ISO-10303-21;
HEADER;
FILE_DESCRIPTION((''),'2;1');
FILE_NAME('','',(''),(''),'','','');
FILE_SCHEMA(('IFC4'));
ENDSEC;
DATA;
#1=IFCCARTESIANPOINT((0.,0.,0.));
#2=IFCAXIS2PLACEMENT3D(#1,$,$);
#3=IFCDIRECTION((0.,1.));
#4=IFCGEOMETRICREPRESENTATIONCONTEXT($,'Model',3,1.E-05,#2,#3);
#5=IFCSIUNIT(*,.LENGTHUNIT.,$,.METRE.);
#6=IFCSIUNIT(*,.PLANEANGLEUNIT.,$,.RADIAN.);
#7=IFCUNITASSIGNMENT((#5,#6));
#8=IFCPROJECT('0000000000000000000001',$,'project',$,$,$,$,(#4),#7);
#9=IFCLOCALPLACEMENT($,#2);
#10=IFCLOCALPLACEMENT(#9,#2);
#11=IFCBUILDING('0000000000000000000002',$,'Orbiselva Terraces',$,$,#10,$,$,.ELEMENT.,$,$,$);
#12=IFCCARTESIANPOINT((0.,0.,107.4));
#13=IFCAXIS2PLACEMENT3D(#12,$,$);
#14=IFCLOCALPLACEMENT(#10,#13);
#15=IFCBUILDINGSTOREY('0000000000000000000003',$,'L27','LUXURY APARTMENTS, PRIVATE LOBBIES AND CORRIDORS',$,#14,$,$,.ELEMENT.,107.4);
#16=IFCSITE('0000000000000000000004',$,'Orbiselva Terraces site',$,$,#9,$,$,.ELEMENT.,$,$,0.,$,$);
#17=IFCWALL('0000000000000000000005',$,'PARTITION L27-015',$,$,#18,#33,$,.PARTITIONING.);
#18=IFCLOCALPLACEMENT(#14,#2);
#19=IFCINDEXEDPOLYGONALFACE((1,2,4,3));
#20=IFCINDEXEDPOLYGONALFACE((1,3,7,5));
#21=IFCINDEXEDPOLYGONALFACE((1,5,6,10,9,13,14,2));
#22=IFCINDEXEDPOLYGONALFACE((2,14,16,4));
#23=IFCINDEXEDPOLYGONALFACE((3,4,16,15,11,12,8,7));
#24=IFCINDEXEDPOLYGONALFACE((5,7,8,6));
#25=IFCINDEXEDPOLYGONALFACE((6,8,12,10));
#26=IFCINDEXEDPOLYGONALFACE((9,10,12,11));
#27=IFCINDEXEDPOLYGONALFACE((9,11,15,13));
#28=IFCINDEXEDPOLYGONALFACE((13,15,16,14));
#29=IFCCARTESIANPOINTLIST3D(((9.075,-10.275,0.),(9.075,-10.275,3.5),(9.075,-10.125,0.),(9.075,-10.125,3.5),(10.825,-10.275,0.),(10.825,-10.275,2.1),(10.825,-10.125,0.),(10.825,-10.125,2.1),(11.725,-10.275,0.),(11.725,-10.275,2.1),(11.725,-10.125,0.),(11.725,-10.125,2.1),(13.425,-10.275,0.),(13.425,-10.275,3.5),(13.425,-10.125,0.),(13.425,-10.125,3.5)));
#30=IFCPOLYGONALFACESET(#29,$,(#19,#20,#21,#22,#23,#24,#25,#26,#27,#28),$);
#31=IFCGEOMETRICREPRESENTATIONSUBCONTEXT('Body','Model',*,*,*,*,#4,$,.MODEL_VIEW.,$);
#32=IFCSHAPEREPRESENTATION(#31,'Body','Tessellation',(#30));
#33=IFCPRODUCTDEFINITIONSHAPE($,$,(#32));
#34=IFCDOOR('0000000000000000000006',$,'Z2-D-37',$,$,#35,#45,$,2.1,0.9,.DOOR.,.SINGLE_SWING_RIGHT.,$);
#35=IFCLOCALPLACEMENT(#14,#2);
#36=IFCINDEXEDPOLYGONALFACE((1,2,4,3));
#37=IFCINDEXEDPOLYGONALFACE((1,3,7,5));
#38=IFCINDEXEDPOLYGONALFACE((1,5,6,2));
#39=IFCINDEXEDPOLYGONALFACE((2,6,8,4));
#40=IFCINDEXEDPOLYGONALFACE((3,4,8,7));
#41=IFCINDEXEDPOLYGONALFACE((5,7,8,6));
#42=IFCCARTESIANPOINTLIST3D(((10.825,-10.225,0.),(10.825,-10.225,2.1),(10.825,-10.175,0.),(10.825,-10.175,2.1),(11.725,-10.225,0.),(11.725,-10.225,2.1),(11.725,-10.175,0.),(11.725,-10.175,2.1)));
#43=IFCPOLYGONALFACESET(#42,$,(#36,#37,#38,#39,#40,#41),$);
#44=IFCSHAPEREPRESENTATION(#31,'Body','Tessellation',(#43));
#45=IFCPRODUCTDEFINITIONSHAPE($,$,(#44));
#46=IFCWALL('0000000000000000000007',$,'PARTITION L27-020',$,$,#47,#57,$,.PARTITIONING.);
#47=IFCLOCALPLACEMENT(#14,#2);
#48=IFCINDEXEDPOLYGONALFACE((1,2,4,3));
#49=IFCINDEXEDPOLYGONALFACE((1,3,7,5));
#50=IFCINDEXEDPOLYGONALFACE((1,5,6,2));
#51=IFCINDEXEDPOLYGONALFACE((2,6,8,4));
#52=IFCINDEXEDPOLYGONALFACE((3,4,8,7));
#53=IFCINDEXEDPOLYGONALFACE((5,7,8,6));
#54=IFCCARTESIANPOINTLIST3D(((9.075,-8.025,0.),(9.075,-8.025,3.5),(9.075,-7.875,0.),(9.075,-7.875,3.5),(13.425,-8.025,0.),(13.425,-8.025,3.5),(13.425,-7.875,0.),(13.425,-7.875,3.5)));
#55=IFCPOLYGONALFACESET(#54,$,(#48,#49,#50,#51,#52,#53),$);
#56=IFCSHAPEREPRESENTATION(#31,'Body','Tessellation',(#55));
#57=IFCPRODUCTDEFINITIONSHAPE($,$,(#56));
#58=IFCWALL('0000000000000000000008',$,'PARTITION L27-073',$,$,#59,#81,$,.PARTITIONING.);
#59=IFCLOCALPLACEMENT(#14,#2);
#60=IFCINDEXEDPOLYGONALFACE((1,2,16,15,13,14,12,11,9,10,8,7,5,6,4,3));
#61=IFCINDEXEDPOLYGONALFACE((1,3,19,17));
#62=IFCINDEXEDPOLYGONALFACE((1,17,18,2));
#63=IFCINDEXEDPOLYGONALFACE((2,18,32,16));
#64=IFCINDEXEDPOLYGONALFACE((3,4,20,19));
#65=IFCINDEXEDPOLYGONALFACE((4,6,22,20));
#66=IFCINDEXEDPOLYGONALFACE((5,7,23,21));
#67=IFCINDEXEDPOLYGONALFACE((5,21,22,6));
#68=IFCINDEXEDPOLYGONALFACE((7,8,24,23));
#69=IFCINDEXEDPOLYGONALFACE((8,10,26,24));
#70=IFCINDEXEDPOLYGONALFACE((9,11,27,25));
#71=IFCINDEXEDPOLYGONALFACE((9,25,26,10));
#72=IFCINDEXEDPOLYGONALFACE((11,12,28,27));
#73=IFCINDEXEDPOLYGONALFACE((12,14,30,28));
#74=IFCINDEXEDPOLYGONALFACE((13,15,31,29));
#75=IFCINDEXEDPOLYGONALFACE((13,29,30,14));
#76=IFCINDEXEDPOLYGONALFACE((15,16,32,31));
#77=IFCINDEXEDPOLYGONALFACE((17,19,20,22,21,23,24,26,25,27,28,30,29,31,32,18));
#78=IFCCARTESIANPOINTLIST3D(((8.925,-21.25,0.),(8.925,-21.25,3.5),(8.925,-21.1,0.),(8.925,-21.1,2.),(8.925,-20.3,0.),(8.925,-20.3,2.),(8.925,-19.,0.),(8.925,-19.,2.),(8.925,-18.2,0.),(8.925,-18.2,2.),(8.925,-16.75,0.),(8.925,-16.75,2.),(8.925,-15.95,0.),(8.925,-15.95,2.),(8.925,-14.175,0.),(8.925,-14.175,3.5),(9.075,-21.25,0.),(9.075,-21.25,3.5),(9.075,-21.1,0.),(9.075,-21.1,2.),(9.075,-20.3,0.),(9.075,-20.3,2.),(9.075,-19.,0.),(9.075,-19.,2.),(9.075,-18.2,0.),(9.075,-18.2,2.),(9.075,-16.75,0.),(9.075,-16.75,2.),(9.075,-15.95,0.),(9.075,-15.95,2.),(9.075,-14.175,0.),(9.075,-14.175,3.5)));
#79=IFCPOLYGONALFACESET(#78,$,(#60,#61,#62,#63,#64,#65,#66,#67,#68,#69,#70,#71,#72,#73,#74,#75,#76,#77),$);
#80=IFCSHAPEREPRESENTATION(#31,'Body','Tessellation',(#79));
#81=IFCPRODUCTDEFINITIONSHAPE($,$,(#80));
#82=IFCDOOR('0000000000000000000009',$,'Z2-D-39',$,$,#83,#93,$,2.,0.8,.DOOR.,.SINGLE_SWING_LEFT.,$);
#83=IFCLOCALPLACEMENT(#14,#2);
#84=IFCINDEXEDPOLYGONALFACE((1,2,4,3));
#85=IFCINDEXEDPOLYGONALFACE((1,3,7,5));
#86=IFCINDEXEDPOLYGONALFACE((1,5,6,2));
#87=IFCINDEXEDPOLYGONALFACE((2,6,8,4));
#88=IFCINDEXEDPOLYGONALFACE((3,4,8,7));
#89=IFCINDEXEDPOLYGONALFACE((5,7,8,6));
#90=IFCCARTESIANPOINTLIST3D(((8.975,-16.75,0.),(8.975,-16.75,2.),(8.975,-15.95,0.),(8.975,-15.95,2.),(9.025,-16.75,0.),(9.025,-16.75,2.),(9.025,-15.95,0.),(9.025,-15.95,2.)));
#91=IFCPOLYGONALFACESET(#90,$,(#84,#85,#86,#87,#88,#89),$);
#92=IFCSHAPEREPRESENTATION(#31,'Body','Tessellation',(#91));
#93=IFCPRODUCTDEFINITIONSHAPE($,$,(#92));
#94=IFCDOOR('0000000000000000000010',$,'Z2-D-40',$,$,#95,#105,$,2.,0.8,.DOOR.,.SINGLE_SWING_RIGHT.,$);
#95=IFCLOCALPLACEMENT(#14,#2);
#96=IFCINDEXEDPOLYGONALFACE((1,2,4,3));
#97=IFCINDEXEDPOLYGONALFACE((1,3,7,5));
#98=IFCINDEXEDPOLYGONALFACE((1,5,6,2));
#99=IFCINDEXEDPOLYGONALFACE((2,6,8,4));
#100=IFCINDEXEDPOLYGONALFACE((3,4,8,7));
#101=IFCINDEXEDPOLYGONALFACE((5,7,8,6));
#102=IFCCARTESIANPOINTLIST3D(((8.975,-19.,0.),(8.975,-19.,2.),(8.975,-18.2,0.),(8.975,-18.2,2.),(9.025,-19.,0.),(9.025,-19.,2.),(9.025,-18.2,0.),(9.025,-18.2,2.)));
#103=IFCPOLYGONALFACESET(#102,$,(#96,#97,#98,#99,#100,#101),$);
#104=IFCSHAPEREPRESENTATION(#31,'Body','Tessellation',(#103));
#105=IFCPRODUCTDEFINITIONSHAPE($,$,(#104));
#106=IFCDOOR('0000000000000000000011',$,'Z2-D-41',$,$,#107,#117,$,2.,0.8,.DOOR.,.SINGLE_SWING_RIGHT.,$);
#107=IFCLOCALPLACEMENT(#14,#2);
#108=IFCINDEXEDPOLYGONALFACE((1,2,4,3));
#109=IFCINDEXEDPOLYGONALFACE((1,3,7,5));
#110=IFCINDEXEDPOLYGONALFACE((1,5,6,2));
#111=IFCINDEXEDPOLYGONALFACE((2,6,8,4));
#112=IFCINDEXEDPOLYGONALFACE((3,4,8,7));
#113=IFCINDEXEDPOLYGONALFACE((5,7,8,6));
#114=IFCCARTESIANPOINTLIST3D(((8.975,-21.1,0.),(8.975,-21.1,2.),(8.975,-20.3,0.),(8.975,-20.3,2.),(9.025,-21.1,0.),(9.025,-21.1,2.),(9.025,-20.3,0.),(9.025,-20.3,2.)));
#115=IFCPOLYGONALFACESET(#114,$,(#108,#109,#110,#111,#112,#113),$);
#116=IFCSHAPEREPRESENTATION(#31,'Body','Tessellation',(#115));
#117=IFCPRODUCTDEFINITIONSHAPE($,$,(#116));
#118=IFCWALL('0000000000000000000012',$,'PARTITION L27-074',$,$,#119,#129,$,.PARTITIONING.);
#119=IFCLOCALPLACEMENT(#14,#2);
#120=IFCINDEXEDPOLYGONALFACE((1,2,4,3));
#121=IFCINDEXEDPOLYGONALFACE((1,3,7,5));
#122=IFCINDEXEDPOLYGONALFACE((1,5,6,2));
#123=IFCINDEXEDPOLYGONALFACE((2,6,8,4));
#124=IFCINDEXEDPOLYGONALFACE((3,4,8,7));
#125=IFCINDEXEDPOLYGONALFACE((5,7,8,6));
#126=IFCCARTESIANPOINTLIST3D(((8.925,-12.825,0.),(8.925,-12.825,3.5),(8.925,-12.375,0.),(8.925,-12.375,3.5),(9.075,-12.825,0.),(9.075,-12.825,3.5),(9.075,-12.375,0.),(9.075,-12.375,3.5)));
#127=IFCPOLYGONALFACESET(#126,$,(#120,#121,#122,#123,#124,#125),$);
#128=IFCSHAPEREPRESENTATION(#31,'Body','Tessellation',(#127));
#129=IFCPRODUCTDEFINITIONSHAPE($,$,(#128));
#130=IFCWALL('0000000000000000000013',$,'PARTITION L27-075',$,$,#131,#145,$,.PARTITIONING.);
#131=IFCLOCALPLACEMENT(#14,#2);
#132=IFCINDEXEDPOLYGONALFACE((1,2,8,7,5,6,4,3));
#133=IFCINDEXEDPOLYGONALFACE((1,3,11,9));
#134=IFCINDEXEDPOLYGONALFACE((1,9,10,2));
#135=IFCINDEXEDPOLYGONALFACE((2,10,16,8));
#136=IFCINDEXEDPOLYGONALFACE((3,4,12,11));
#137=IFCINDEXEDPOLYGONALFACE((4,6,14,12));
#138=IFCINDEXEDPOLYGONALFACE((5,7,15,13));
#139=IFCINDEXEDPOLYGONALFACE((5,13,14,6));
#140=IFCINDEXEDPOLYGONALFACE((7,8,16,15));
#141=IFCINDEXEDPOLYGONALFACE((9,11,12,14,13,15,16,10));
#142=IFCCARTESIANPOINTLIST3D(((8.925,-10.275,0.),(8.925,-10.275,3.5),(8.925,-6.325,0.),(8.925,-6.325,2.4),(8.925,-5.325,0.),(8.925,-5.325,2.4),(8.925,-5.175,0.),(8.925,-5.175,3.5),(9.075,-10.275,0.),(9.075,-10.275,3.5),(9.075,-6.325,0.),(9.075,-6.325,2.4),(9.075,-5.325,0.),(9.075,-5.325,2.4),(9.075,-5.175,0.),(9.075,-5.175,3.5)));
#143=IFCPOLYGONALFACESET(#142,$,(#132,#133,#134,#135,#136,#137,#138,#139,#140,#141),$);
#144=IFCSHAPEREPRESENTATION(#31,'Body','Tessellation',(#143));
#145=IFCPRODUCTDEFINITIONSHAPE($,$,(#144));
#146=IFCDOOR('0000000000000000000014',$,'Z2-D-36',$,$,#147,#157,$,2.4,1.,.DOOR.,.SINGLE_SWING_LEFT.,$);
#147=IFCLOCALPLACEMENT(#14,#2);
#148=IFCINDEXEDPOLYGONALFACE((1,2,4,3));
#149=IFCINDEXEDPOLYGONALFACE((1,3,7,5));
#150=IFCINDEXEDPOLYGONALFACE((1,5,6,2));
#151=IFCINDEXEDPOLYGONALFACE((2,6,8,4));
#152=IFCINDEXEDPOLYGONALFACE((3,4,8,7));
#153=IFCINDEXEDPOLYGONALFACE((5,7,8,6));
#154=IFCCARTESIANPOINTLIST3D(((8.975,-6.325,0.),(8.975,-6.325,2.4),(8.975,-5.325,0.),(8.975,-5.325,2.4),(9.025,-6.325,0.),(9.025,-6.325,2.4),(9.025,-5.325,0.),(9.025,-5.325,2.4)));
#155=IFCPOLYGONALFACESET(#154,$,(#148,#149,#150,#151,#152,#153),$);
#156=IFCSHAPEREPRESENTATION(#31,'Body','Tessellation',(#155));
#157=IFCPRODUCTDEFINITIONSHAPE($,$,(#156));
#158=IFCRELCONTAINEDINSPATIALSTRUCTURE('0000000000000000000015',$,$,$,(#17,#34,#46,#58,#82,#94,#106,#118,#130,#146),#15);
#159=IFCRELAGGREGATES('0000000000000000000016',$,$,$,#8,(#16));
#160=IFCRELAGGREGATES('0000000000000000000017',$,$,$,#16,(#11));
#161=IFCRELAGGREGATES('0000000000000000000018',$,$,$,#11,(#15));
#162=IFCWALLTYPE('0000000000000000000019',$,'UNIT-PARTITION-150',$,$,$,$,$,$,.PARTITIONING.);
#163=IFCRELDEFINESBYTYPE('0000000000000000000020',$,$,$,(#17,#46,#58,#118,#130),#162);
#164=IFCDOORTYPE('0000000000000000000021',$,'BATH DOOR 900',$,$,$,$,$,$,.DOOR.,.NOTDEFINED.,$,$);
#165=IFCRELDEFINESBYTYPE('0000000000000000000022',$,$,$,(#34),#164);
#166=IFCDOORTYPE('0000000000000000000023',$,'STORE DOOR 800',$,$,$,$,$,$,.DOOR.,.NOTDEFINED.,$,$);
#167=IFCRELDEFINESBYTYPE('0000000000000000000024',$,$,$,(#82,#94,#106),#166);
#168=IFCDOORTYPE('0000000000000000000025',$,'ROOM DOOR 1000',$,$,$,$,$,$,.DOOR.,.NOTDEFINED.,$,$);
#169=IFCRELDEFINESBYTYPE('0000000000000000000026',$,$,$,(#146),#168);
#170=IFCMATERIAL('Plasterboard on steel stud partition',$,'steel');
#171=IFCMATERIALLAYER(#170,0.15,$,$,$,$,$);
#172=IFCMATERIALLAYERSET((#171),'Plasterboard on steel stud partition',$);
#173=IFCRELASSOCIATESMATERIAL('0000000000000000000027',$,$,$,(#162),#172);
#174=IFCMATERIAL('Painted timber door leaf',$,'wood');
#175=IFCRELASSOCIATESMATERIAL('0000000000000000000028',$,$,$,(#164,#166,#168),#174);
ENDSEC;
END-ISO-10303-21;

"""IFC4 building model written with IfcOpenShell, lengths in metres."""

from ifc_helpers import new_model, si_unit, direction, frame, frame_2d, origin, place, context, subcontext, project, spatial, rectangle, extrude, material, layer, layer_set, type_object, element, fill, save


model = new_model("IFC4")

# Units and contexts
model_context = context("Model", 3, precision=1e-05, world=origin(), true_north=direction((0.0, 1.0)))
body_context = subcontext(model_context, "Body", "Model", "MODEL_VIEW")
ifc_project = project(units=[si_unit("LENGTHUNIT", "METRE"), si_unit("PLANEANGLEUNIT", "RADIAN")], contexts=[model_context])

# Site, building, storey
site_placement = place(None, origin())
site = spatial("IfcSite", under=ifc_project, at=site_placement, Name="Orbiselva Terraces site", CompositionType="ELEMENT", RefElevation=0.0)
building_placement = place(site_placement, origin())
building = spatial("IfcBuilding", under=site, at=building_placement, Name="Orbiselva Terraces", CompositionType="ELEMENT")
storey_placement = place(building_placement, frame((0.0, 0.0, 107.4)))
storey = spatial("IfcBuildingStorey", under=building, at=storey_placement, Name="L27", Description="LUXURY APARTMENTS, PRIVATE LOBBIES AND CORRIDORS", CompositionType="ELEMENT", Elevation=107.4)

# Shared definitions
ifc_material_1 = material(Name="Plasterboard on steel stud partition", Category="steel")
ifc_layer_1 = layer(ifc_material_1, 0.15)
ifc_layer_set_1 = layer_set([ifc_layer_1], Name="Plasterboard on steel stud partition")
wall_type_1 = type_object("IfcWallType", Name="UNIT-PARTITION-150", PredefinedType="PARTITIONING", material=ifc_layer_set_1)

# Wall, opening, door
wall_1_placement = place(storey_placement, frame((9.075, -10.2, 0.0), z_axis=(0.0, 0.0, 1.0), x_axis=(1.0, 0.0, 0.0)))
wall_1 = element("IfcWall", 1, at=wall_1_placement, inside=storey, type_object=wall_type_1, Name="PARTITION L27-015", PredefinedType="PARTITIONING", context=body_context, shape_type="SweptSolid", body=[
    extrude(rectangle(XDim=4.35, YDim=0.15, at=frame_2d((2.175, 0.0))), origin(), (0.0, 0.0, 1.0), 3.5),
])
opening_1_placement = place(wall_1_placement, frame((1.75, 0.0, 0.0)))
opening_1 = element("IfcOpeningElement", 2, at=opening_1_placement, cuts=wall_1, PredefinedType="OPENING", context=body_context, shape_type="SweptSolid", body=[
    extrude(rectangle(XDim=0.9, YDim=2.1, at=frame_2d((0.45, 1.05))), frame((0.0, 0.085, 0.0), z_axis=(0.0, -1.0, 0.0), x_axis=(1.0, 0.0, 0.0)), (0.0, 0.0, 1.0), 0.17),
])
ifc_material_2 = material(Name="Painted timber door leaf", Category="wood")
door_type_1 = type_object("IfcDoorType", Name="BATH DOOR 900", OperationType="NOTDEFINED", PredefinedType="DOOR", material=ifc_material_2)
door_1_placement = place(opening_1_placement, origin())
door_1 = element("IfcDoor", 3, at=door_1_placement, inside=storey, type_object=door_type_1, Name="Z2-D-37", OperationType="SINGLE_SWING_RIGHT", OverallHeight=2.1, OverallWidth=0.9, PredefinedType="DOOR", context=body_context, shape_type="SweptSolid", body=[
    extrude(rectangle(XDim=0.9, YDim=2.1, at=frame_2d((0.45, 1.05))), frame((0.0, 0.025, 0.0), z_axis=(0.0, -1.0, 0.0), x_axis=(1.0, 0.0, 0.0)), (0.0, 0.0, 1.0), 0.05),
])
fill(opening_1, door_1)

# Wall
wall_2_placement = place(storey_placement, frame((9.075, -7.95, 0.0), z_axis=(0.0, 0.0, 1.0), x_axis=(1.0, 0.0, 0.0)))
element("IfcWall", 4, at=wall_2_placement, inside=storey, type_object=wall_type_1, Name="PARTITION L27-020", PredefinedType="PARTITIONING", context=body_context, shape_type="SweptSolid", body=[
    extrude(rectangle(XDim=4.35, YDim=0.15, at=frame_2d((2.175, 0.0))), origin(), (0.0, 0.0, 1.0), 3.5),
])

# Wall, openings, doors
wall_3_placement = place(storey_placement, frame((9.0, -14.175, 0.0), z_axis=(0.0, 0.0, 1.0), x_axis=(0.0, -1.0, 0.0)))
wall_3 = element("IfcWall", 5, at=wall_3_placement, inside=storey, type_object=wall_type_1, Name="PARTITION L27-073", PredefinedType="PARTITIONING", context=body_context, shape_type="SweptSolid", body=[
    extrude(rectangle(XDim=7.075, YDim=0.15, at=frame_2d((3.5375, 0.0))), origin(), (0.0, 0.0, 1.0), 3.5),
])
opening_2_placement = place(wall_3_placement, frame((1.775, 0.0, 0.0)))
opening_2 = element("IfcOpeningElement", 6, at=opening_2_placement, cuts=wall_3, PredefinedType="OPENING", context=body_context, shape_type="SweptSolid", body=[
    extrude(rectangle(XDim=0.8, YDim=2.0, at=frame_2d((0.4, 1.0))), frame((0.0, 0.085, 0.0), z_axis=(0.0, -1.0, 0.0), x_axis=(1.0, 0.0, 0.0)), (0.0, 0.0, 1.0), 0.17),
])
opening_3_placement = place(wall_3_placement, frame((4.025, 0.0, 0.0)))
opening_3 = element("IfcOpeningElement", 7, at=opening_3_placement, cuts=wall_3, PredefinedType="OPENING", context=body_context, shape_type="SweptSolid", body=[
    extrude(rectangle(XDim=0.8, YDim=2.0, at=frame_2d((0.4, 1.0))), frame((0.0, 0.085, 0.0), z_axis=(0.0, -1.0, 0.0), x_axis=(1.0, 0.0, 0.0)), (0.0, 0.0, 1.0), 0.17),
])
opening_4_placement = place(wall_3_placement, frame((6.125, 0.0, 0.0)))
opening_4 = element("IfcOpeningElement", 8, at=opening_4_placement, cuts=wall_3, PredefinedType="OPENING", context=body_context, shape_type="SweptSolid", body=[
    extrude(rectangle(XDim=0.8, YDim=2.0, at=frame_2d((0.4, 1.0))), frame((0.0, 0.085, 0.0), z_axis=(0.0, -1.0, 0.0), x_axis=(1.0, 0.0, 0.0)), (0.0, 0.0, 1.0), 0.17),
])
door_type_2 = type_object("IfcDoorType", Name="STORE DOOR 800", OperationType="NOTDEFINED", PredefinedType="DOOR", material=ifc_material_2)
door_2_placement = place(opening_2_placement, origin())
door_2 = element("IfcDoor", 9, at=door_2_placement, inside=storey, type_object=door_type_2, Name="Z2-D-39", OperationType="SINGLE_SWING_LEFT", OverallHeight=2.0, OverallWidth=0.8, PredefinedType="DOOR", context=body_context, shape_type="SweptSolid", body=[
    extrude(rectangle(XDim=0.8, YDim=2.0, at=frame_2d((0.4, 1.0))), frame((0.0, 0.025, 0.0), z_axis=(0.0, -1.0, 0.0), x_axis=(1.0, 0.0, 0.0)), (0.0, 0.0, 1.0), 0.05),
])
fill(opening_2, door_2)
door_3_placement = place(opening_3_placement, origin())
door_3 = element("IfcDoor", 10, at=door_3_placement, inside=storey, type_object=door_type_2, Name="Z2-D-40", OperationType="SINGLE_SWING_RIGHT", OverallHeight=2.0, OverallWidth=0.8, PredefinedType="DOOR", context=body_context, shape_type="SweptSolid", body=[
    extrude(rectangle(XDim=0.8, YDim=2.0, at=frame_2d((0.4, 1.0))), frame((0.0, 0.025, 0.0), z_axis=(0.0, -1.0, 0.0), x_axis=(1.0, 0.0, 0.0)), (0.0, 0.0, 1.0), 0.05),
])
fill(opening_3, door_3)
door_4_placement = place(opening_4_placement, origin())
door_4 = element("IfcDoor", 11, at=door_4_placement, inside=storey, type_object=door_type_2, Name="Z2-D-41", OperationType="SINGLE_SWING_RIGHT", OverallHeight=2.0, OverallWidth=0.8, PredefinedType="DOOR", context=body_context, shape_type="SweptSolid", body=[
    extrude(rectangle(XDim=0.8, YDim=2.0, at=frame_2d((0.4, 1.0))), frame((0.0, 0.025, 0.0), z_axis=(0.0, -1.0, 0.0), x_axis=(1.0, 0.0, 0.0)), (0.0, 0.0, 1.0), 0.05),
])
fill(opening_4, door_4)

# Wall
wall_4_placement = place(storey_placement, frame((9.0, -12.825, 0.0), z_axis=(0.0, 0.0, 1.0), x_axis=(0.0, 1.0, 0.0)))
element("IfcWall", 12, at=wall_4_placement, inside=storey, type_object=wall_type_1, Name="PARTITION L27-074", PredefinedType="PARTITIONING", context=body_context, shape_type="SweptSolid", body=[
    extrude(rectangle(XDim=0.45, YDim=0.15, at=frame_2d((0.225, 0.0))), origin(), (0.0, 0.0, 1.0), 3.5),
])

# Wall, opening, door
wall_5_placement = place(storey_placement, frame((9.0, -5.175, 0.0), z_axis=(0.0, 0.0, 1.0), x_axis=(0.0, -1.0, 0.0)))
wall_5 = element("IfcWall", 13, at=wall_5_placement, inside=storey, type_object=wall_type_1, Name="PARTITION L27-075", PredefinedType="PARTITIONING", context=body_context, shape_type="SweptSolid", body=[
    extrude(rectangle(XDim=5.1, YDim=0.15, at=frame_2d((2.55, 0.0))), origin(), (0.0, 0.0, 1.0), 3.5),
])
opening_5_placement = place(wall_5_placement, frame((0.15, 0.0, 0.0)))
opening_5 = element("IfcOpeningElement", 14, at=opening_5_placement, cuts=wall_5, PredefinedType="OPENING", context=body_context, shape_type="SweptSolid", body=[
    extrude(rectangle(XDim=1.0, YDim=2.4, at=frame_2d((0.5, 1.2))), frame((0.0, 0.085, 0.0), z_axis=(0.0, -1.0, 0.0), x_axis=(1.0, 0.0, 0.0)), (0.0, 0.0, 1.0), 0.17),
])
door_type_3 = type_object("IfcDoorType", Name="ROOM DOOR 1000", OperationType="NOTDEFINED", PredefinedType="DOOR", material=ifc_material_2)
door_5_placement = place(opening_5_placement, origin())
door_5 = element("IfcDoor", 15, at=door_5_placement, inside=storey, type_object=door_type_3, Name="Z2-D-36", OperationType="SINGLE_SWING_LEFT", OverallHeight=2.4, OverallWidth=1.0, PredefinedType="DOOR", context=body_context, shape_type="SweptSolid", body=[
    extrude(rectangle(XDim=1.0, YDim=2.4, at=frame_2d((0.5, 1.2))), frame((0.0, 0.025, 0.0), z_axis=(0.0, -1.0, 0.0), x_axis=(1.0, 0.0, 0.0)), (0.0, 0.0, 1.0), 0.05),
])
fill(opening_5, door_5)

save(model, "model.ifc")
